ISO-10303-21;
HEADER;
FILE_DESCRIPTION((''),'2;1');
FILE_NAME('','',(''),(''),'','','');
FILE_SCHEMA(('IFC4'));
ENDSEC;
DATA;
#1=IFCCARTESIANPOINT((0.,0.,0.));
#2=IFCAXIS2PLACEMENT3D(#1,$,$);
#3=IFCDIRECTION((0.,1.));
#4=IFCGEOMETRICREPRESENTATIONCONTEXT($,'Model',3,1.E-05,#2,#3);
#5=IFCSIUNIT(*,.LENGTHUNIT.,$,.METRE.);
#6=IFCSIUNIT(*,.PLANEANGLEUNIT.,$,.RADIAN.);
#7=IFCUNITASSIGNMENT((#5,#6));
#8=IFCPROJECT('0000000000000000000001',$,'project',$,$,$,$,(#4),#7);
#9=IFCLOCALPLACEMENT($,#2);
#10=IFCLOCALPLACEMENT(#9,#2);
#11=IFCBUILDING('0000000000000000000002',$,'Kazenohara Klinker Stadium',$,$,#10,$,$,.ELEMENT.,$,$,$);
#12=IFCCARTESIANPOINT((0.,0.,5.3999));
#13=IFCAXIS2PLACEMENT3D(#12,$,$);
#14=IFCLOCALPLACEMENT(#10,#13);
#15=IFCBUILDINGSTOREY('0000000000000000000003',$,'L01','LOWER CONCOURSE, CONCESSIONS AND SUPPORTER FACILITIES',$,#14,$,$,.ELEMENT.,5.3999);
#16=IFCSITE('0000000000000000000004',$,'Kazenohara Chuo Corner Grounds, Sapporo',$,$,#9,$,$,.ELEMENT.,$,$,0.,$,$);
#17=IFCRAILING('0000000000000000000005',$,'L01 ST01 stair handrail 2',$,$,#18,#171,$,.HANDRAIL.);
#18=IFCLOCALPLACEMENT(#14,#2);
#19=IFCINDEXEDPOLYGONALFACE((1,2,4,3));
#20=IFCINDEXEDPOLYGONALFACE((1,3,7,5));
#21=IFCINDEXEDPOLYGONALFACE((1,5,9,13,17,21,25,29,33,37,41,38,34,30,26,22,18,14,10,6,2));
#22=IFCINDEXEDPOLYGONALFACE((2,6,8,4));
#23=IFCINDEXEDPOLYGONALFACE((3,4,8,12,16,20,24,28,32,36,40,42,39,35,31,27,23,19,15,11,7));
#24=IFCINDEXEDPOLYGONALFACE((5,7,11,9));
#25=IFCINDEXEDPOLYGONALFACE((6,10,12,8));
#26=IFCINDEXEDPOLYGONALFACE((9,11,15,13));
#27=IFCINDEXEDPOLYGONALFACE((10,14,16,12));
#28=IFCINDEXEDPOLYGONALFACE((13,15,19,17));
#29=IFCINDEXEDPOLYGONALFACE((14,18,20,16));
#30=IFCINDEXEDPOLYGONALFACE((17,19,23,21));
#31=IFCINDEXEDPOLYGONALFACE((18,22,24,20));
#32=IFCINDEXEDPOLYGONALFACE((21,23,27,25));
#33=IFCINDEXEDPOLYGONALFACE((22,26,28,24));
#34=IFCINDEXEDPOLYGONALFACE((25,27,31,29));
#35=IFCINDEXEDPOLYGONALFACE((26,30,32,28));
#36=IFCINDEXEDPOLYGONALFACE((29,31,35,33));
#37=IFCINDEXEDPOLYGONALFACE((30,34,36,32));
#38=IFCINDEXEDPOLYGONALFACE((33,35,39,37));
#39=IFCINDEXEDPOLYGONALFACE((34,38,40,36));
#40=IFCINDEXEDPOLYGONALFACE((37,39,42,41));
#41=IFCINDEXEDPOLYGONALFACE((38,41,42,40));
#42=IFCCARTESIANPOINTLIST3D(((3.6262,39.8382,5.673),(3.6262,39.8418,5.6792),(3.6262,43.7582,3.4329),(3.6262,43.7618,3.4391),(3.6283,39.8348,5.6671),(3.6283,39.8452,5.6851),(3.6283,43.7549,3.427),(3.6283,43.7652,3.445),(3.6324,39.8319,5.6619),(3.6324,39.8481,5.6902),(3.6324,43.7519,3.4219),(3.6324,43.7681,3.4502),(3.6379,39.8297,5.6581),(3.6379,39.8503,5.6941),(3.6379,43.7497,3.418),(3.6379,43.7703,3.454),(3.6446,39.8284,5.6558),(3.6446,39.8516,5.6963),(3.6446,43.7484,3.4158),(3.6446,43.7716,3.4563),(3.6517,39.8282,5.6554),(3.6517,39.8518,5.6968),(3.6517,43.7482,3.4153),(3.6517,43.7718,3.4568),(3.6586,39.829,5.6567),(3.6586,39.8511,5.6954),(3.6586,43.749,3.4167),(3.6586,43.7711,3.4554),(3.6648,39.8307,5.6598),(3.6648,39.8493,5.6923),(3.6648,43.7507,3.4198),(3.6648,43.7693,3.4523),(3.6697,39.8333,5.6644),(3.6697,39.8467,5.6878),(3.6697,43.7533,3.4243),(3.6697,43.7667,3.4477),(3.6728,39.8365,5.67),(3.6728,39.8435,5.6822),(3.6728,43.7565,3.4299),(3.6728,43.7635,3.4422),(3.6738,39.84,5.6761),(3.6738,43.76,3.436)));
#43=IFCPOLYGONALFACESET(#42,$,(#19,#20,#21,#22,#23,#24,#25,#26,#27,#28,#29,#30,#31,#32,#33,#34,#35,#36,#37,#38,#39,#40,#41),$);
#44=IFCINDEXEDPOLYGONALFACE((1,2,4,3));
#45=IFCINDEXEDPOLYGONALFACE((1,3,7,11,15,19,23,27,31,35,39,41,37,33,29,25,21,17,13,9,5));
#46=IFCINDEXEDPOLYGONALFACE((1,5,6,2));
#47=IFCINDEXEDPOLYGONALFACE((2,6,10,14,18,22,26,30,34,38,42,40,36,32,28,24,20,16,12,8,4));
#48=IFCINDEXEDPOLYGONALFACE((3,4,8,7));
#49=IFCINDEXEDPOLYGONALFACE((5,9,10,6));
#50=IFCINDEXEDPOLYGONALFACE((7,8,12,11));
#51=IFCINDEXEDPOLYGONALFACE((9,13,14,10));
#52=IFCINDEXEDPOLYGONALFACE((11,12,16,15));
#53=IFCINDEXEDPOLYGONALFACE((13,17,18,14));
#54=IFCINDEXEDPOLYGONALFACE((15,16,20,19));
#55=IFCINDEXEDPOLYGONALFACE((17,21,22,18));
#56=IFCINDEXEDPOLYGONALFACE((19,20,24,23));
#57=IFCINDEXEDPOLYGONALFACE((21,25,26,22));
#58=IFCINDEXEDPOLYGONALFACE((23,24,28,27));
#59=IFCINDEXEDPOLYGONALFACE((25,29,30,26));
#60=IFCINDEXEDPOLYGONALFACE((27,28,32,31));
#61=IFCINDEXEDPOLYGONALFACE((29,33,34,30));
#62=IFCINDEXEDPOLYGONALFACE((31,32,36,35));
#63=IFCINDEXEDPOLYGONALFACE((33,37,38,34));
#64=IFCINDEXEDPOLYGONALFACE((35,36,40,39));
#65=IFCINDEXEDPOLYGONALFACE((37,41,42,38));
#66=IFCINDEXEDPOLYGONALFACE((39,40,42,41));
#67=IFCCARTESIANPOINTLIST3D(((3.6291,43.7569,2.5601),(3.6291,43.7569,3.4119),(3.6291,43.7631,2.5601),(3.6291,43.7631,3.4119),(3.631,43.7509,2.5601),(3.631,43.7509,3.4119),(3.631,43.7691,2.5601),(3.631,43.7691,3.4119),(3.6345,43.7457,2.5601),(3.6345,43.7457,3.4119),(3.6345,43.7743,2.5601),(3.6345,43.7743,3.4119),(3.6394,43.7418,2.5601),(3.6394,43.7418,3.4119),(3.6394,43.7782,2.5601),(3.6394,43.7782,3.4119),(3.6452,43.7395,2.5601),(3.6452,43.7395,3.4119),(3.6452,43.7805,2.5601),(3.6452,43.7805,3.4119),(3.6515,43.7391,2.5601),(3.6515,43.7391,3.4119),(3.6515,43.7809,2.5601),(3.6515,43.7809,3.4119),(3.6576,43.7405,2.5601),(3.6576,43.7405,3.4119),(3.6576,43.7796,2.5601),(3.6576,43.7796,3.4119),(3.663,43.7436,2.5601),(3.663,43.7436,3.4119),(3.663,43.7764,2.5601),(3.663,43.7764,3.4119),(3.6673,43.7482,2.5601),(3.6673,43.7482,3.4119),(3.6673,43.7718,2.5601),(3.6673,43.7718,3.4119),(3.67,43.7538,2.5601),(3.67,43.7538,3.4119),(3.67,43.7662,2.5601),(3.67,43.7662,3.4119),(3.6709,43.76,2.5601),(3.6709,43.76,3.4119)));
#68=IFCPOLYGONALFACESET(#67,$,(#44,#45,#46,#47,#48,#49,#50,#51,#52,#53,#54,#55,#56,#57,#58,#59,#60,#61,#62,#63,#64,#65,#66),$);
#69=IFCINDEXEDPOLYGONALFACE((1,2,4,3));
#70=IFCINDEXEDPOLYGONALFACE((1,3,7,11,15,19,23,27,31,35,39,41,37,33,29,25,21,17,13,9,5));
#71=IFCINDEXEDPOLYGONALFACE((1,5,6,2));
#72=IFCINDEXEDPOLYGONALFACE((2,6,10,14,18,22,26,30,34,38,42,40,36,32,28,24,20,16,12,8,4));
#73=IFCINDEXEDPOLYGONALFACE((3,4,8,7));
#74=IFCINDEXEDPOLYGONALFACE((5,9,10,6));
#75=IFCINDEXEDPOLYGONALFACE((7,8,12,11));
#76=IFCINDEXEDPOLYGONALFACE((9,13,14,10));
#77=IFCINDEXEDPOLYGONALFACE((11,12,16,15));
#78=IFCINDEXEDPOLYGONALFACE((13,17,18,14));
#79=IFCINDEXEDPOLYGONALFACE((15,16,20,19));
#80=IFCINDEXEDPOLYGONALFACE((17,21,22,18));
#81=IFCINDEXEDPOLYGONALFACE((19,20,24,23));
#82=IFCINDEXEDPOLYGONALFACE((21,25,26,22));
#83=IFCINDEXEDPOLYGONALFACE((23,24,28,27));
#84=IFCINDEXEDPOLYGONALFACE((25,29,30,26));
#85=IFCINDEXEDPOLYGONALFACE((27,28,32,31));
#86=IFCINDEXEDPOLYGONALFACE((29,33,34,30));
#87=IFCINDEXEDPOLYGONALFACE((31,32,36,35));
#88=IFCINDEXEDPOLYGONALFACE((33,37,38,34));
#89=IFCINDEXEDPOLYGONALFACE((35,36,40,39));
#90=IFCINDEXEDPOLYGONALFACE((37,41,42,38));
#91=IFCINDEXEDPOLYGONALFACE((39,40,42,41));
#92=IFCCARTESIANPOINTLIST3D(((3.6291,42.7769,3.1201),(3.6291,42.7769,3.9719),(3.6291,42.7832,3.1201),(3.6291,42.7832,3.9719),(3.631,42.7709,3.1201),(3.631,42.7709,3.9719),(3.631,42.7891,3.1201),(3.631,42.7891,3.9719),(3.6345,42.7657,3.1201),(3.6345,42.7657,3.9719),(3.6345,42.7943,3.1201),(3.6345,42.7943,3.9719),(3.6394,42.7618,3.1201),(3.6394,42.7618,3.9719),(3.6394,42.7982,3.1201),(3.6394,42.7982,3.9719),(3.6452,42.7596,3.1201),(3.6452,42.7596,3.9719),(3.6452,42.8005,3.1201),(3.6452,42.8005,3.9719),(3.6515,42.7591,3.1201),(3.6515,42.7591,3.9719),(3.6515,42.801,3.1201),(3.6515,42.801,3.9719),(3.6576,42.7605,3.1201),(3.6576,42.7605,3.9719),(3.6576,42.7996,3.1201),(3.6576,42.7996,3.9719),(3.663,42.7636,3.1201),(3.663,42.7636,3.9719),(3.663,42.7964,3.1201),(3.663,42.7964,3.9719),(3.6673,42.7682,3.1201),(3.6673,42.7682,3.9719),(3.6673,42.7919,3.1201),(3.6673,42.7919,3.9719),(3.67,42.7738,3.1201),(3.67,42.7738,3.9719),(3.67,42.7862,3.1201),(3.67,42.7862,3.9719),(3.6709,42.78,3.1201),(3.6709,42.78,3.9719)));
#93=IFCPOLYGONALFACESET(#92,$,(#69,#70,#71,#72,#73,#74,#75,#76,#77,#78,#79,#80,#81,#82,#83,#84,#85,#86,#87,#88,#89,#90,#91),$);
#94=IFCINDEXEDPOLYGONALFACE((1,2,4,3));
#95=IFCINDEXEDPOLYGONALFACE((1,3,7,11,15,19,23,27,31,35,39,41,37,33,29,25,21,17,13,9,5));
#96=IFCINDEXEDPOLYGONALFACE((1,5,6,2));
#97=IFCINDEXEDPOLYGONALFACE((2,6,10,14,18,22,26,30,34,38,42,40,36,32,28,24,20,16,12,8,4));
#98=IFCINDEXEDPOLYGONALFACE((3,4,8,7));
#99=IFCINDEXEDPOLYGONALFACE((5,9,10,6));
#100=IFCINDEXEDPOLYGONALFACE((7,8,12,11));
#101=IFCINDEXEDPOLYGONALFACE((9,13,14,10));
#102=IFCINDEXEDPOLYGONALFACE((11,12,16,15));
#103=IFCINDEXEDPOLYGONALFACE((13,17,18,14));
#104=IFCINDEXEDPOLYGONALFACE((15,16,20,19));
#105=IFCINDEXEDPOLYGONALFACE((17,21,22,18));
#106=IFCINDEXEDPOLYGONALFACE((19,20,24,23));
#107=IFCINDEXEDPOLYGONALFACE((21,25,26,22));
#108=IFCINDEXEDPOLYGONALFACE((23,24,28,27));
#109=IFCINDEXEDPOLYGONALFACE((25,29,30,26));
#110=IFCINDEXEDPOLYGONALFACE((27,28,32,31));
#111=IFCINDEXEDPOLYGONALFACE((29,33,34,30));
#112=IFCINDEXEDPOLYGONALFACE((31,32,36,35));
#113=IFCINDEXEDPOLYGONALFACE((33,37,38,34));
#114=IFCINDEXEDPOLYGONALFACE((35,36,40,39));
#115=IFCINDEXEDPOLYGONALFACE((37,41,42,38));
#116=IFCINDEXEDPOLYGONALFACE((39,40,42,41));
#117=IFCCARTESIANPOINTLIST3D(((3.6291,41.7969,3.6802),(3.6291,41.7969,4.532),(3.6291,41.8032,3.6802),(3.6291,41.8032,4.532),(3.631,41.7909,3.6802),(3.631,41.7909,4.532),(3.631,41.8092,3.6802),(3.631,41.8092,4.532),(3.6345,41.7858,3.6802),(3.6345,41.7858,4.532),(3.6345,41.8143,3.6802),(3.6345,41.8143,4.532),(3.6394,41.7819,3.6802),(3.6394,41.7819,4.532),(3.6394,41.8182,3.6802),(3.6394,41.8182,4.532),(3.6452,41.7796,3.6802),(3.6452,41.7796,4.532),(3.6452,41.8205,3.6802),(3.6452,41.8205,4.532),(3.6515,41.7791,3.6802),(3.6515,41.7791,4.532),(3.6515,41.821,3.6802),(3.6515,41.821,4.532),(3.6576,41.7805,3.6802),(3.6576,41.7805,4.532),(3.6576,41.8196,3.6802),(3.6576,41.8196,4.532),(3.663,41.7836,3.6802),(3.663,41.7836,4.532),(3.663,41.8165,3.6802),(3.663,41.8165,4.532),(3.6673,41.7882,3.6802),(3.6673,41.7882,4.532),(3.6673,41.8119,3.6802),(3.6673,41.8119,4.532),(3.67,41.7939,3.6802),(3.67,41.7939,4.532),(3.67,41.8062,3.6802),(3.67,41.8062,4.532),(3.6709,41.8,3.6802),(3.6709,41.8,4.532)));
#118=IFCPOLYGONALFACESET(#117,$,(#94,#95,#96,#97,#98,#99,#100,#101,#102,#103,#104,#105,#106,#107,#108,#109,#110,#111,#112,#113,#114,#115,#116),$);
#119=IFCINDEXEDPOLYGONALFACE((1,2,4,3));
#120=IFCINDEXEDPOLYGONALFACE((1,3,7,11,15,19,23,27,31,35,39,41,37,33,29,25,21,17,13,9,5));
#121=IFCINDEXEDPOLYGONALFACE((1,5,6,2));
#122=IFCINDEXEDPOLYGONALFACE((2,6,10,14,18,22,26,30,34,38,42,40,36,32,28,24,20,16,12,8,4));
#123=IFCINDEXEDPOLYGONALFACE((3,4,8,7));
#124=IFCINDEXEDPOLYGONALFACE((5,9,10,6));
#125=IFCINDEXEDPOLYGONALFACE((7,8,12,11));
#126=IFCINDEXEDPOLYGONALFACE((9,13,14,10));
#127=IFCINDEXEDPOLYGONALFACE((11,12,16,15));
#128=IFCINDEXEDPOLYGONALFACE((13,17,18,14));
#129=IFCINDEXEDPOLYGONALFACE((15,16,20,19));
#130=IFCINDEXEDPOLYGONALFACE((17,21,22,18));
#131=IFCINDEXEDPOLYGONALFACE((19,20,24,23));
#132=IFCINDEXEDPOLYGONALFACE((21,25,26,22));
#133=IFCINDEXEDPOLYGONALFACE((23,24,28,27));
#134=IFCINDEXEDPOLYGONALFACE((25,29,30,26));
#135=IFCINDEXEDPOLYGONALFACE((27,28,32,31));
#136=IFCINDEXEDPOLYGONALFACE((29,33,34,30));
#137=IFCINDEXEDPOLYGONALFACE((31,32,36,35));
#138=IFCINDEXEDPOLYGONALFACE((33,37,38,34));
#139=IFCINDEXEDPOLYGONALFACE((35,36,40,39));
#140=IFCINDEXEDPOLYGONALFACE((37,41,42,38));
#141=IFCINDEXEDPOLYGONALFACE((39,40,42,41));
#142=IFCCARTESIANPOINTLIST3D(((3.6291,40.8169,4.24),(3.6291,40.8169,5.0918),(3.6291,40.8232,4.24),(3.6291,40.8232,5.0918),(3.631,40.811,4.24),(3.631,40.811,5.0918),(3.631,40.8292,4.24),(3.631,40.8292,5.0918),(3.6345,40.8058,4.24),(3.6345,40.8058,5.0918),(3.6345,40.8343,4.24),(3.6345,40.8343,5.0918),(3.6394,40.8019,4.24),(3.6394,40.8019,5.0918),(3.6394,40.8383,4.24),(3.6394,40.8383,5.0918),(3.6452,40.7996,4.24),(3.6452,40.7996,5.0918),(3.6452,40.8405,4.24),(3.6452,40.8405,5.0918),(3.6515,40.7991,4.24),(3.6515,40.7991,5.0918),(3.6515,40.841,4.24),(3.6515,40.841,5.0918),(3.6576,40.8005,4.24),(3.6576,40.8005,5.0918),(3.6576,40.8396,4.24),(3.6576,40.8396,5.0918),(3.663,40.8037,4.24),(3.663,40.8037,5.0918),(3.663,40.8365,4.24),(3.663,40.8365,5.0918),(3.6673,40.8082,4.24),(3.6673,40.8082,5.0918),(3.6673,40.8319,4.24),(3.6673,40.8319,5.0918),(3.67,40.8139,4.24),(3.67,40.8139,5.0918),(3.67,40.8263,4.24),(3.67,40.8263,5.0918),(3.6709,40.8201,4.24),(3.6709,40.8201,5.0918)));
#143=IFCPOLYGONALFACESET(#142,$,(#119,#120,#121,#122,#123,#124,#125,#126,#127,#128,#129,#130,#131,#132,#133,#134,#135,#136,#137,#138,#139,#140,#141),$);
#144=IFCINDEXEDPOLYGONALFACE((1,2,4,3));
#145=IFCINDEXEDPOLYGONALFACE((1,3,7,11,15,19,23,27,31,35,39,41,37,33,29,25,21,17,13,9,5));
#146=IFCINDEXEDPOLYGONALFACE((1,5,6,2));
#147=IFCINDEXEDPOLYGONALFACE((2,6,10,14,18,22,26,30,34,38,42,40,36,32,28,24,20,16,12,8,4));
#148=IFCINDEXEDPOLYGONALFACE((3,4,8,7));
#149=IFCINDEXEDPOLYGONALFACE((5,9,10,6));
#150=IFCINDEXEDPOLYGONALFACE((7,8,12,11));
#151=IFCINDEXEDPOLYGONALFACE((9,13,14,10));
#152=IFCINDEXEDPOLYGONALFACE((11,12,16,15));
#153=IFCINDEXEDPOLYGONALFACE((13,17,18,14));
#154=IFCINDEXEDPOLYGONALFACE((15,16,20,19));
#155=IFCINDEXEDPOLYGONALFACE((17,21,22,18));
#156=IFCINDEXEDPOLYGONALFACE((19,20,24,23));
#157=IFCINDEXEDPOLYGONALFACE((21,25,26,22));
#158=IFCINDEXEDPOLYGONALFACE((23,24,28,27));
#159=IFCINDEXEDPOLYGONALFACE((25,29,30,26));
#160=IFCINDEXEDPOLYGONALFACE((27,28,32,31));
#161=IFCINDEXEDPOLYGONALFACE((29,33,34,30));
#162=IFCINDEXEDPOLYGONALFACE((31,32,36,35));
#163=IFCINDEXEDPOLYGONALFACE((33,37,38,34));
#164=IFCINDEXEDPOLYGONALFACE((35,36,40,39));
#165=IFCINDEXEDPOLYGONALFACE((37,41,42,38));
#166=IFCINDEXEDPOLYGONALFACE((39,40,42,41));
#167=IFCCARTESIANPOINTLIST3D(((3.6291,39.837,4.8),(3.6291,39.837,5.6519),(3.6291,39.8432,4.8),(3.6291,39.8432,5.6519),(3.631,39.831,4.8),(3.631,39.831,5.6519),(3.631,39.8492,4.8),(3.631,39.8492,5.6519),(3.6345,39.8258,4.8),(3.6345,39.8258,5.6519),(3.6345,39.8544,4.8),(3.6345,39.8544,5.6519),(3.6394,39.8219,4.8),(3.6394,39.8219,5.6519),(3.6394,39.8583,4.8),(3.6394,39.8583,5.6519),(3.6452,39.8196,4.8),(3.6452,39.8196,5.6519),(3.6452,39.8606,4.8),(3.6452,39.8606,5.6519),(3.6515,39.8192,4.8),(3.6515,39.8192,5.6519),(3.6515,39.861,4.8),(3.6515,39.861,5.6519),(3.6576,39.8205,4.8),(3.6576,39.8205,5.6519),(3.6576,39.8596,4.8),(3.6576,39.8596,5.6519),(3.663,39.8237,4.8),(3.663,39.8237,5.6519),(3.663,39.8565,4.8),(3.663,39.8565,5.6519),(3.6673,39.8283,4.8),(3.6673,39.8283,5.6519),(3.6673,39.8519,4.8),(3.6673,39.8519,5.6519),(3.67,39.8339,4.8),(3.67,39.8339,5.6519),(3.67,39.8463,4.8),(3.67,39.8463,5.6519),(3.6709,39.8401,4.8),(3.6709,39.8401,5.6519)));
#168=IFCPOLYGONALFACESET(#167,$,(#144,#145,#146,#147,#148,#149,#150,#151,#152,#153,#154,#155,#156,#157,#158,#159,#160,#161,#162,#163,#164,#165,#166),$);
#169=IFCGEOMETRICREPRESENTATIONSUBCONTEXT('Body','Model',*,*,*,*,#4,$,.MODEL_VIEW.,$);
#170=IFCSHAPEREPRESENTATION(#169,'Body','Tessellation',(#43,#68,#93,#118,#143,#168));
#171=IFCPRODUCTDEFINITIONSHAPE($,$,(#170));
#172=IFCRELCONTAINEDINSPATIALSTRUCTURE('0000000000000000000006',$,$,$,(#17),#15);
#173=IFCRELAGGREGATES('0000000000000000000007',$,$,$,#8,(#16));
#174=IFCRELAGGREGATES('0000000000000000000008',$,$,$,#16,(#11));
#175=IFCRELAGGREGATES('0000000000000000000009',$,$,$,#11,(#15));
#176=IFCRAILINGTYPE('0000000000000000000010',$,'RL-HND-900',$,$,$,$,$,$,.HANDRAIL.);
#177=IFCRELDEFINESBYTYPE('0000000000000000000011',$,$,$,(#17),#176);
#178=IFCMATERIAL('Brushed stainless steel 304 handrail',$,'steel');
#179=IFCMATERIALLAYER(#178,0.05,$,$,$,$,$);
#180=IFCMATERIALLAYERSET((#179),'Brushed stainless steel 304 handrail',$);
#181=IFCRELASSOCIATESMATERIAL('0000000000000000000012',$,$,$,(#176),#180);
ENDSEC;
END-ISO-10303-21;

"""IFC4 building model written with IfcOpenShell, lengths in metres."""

from ifc_helpers import new_model, si_unit, direction, frame, origin, origin_2d, place, context, subcontext, project, spatial, circle, extrude, material, layer, layer_set, type_object, element, save


model = new_model("IFC4")

# Units and contexts
model_context = context("Model", 3, precision=1e-05, world=origin(), true_north=direction((0.0, 1.0)))
body_context = subcontext(model_context, "Body", "Model", "MODEL_VIEW")
ifc_project = project(units=[si_unit("LENGTHUNIT", "METRE"), si_unit("PLANEANGLEUNIT", "RADIAN")], contexts=[model_context])

# Site, building, storey
site_placement = place(None, origin())
site = spatial("IfcSite", under=ifc_project, at=site_placement, Name="Kazenohara Chuo Corner Grounds, Sapporo", CompositionType="ELEMENT", RefElevation=0.0)
building_placement = place(site_placement, origin())
building = spatial("IfcBuilding", under=site, at=building_placement, Name="Kazenohara Klinker Stadium", CompositionType="ELEMENT")
storey_placement = place(building_placement, frame((0.0, 0.0, 5.3999)))
storey = spatial("IfcBuildingStorey", under=building, at=storey_placement, Name="L01", Description="LOWER CONCOURSE, CONCESSIONS AND SUPPORTER FACILITIES", CompositionType="ELEMENT", Elevation=5.3999)

# Railing
ifc_material_1 = material(Name="Brushed stainless steel 304 handrail", Category="steel")
ifc_layer_1 = layer(ifc_material_1, 0.05)
ifc_layer_set_1 = layer_set([ifc_layer_1], Name="Brushed stainless steel 304 handrail")
railing_type_1 = type_object("IfcRailingType", Name="RL-HND-900", PredefinedType="HANDRAIL", material=ifc_layer_set_1)
railing_1_placement = place(storey_placement, frame((3.6499, 43.76, 2.5601)))
element("IfcRailing", 1, at=railing_1_placement, inside=storey, type_object=railing_type_1, Name="L01 ST01 stair handrail 2", PredefinedType="HANDRAIL", context=body_context, shape_type="SweptSolid", body=[
    extrude(circle(Radius=0.0239, at=origin_2d()), frame((0.0, 0.0, 0.876), z_axis=(0.0, -0.86824, 0.496145), x_axis=(1.0, 0.0, 0.0)), (0.0, 0.0, 1.0), 4.5149),
    extrude(circle(Radius=0.021, at=origin_2d()), origin(), (0.0, 0.0, 1.0), 0.8518),
    extrude(circle(Radius=0.021, at=origin_2d()), frame((0.0, -0.98, 0.5601)), (0.0, 0.0, 1.0), 0.8518),
    extrude(circle(Radius=0.021, at=origin_2d()), frame((0.0, -1.96, 1.1201)), (0.0, 0.0, 1.0), 0.8518),
    extrude(circle(Radius=0.021, at=origin_2d()), frame((0.0, -2.9399, 1.6799)), (0.0, 0.0, 1.0), 0.8518),
    extrude(circle(Radius=0.021, at=origin_2d()), frame((0.0, -3.9199, 2.24)), (0.0, 0.0, 1.0), 0.8518),
])

save(model, "model.ifc")
